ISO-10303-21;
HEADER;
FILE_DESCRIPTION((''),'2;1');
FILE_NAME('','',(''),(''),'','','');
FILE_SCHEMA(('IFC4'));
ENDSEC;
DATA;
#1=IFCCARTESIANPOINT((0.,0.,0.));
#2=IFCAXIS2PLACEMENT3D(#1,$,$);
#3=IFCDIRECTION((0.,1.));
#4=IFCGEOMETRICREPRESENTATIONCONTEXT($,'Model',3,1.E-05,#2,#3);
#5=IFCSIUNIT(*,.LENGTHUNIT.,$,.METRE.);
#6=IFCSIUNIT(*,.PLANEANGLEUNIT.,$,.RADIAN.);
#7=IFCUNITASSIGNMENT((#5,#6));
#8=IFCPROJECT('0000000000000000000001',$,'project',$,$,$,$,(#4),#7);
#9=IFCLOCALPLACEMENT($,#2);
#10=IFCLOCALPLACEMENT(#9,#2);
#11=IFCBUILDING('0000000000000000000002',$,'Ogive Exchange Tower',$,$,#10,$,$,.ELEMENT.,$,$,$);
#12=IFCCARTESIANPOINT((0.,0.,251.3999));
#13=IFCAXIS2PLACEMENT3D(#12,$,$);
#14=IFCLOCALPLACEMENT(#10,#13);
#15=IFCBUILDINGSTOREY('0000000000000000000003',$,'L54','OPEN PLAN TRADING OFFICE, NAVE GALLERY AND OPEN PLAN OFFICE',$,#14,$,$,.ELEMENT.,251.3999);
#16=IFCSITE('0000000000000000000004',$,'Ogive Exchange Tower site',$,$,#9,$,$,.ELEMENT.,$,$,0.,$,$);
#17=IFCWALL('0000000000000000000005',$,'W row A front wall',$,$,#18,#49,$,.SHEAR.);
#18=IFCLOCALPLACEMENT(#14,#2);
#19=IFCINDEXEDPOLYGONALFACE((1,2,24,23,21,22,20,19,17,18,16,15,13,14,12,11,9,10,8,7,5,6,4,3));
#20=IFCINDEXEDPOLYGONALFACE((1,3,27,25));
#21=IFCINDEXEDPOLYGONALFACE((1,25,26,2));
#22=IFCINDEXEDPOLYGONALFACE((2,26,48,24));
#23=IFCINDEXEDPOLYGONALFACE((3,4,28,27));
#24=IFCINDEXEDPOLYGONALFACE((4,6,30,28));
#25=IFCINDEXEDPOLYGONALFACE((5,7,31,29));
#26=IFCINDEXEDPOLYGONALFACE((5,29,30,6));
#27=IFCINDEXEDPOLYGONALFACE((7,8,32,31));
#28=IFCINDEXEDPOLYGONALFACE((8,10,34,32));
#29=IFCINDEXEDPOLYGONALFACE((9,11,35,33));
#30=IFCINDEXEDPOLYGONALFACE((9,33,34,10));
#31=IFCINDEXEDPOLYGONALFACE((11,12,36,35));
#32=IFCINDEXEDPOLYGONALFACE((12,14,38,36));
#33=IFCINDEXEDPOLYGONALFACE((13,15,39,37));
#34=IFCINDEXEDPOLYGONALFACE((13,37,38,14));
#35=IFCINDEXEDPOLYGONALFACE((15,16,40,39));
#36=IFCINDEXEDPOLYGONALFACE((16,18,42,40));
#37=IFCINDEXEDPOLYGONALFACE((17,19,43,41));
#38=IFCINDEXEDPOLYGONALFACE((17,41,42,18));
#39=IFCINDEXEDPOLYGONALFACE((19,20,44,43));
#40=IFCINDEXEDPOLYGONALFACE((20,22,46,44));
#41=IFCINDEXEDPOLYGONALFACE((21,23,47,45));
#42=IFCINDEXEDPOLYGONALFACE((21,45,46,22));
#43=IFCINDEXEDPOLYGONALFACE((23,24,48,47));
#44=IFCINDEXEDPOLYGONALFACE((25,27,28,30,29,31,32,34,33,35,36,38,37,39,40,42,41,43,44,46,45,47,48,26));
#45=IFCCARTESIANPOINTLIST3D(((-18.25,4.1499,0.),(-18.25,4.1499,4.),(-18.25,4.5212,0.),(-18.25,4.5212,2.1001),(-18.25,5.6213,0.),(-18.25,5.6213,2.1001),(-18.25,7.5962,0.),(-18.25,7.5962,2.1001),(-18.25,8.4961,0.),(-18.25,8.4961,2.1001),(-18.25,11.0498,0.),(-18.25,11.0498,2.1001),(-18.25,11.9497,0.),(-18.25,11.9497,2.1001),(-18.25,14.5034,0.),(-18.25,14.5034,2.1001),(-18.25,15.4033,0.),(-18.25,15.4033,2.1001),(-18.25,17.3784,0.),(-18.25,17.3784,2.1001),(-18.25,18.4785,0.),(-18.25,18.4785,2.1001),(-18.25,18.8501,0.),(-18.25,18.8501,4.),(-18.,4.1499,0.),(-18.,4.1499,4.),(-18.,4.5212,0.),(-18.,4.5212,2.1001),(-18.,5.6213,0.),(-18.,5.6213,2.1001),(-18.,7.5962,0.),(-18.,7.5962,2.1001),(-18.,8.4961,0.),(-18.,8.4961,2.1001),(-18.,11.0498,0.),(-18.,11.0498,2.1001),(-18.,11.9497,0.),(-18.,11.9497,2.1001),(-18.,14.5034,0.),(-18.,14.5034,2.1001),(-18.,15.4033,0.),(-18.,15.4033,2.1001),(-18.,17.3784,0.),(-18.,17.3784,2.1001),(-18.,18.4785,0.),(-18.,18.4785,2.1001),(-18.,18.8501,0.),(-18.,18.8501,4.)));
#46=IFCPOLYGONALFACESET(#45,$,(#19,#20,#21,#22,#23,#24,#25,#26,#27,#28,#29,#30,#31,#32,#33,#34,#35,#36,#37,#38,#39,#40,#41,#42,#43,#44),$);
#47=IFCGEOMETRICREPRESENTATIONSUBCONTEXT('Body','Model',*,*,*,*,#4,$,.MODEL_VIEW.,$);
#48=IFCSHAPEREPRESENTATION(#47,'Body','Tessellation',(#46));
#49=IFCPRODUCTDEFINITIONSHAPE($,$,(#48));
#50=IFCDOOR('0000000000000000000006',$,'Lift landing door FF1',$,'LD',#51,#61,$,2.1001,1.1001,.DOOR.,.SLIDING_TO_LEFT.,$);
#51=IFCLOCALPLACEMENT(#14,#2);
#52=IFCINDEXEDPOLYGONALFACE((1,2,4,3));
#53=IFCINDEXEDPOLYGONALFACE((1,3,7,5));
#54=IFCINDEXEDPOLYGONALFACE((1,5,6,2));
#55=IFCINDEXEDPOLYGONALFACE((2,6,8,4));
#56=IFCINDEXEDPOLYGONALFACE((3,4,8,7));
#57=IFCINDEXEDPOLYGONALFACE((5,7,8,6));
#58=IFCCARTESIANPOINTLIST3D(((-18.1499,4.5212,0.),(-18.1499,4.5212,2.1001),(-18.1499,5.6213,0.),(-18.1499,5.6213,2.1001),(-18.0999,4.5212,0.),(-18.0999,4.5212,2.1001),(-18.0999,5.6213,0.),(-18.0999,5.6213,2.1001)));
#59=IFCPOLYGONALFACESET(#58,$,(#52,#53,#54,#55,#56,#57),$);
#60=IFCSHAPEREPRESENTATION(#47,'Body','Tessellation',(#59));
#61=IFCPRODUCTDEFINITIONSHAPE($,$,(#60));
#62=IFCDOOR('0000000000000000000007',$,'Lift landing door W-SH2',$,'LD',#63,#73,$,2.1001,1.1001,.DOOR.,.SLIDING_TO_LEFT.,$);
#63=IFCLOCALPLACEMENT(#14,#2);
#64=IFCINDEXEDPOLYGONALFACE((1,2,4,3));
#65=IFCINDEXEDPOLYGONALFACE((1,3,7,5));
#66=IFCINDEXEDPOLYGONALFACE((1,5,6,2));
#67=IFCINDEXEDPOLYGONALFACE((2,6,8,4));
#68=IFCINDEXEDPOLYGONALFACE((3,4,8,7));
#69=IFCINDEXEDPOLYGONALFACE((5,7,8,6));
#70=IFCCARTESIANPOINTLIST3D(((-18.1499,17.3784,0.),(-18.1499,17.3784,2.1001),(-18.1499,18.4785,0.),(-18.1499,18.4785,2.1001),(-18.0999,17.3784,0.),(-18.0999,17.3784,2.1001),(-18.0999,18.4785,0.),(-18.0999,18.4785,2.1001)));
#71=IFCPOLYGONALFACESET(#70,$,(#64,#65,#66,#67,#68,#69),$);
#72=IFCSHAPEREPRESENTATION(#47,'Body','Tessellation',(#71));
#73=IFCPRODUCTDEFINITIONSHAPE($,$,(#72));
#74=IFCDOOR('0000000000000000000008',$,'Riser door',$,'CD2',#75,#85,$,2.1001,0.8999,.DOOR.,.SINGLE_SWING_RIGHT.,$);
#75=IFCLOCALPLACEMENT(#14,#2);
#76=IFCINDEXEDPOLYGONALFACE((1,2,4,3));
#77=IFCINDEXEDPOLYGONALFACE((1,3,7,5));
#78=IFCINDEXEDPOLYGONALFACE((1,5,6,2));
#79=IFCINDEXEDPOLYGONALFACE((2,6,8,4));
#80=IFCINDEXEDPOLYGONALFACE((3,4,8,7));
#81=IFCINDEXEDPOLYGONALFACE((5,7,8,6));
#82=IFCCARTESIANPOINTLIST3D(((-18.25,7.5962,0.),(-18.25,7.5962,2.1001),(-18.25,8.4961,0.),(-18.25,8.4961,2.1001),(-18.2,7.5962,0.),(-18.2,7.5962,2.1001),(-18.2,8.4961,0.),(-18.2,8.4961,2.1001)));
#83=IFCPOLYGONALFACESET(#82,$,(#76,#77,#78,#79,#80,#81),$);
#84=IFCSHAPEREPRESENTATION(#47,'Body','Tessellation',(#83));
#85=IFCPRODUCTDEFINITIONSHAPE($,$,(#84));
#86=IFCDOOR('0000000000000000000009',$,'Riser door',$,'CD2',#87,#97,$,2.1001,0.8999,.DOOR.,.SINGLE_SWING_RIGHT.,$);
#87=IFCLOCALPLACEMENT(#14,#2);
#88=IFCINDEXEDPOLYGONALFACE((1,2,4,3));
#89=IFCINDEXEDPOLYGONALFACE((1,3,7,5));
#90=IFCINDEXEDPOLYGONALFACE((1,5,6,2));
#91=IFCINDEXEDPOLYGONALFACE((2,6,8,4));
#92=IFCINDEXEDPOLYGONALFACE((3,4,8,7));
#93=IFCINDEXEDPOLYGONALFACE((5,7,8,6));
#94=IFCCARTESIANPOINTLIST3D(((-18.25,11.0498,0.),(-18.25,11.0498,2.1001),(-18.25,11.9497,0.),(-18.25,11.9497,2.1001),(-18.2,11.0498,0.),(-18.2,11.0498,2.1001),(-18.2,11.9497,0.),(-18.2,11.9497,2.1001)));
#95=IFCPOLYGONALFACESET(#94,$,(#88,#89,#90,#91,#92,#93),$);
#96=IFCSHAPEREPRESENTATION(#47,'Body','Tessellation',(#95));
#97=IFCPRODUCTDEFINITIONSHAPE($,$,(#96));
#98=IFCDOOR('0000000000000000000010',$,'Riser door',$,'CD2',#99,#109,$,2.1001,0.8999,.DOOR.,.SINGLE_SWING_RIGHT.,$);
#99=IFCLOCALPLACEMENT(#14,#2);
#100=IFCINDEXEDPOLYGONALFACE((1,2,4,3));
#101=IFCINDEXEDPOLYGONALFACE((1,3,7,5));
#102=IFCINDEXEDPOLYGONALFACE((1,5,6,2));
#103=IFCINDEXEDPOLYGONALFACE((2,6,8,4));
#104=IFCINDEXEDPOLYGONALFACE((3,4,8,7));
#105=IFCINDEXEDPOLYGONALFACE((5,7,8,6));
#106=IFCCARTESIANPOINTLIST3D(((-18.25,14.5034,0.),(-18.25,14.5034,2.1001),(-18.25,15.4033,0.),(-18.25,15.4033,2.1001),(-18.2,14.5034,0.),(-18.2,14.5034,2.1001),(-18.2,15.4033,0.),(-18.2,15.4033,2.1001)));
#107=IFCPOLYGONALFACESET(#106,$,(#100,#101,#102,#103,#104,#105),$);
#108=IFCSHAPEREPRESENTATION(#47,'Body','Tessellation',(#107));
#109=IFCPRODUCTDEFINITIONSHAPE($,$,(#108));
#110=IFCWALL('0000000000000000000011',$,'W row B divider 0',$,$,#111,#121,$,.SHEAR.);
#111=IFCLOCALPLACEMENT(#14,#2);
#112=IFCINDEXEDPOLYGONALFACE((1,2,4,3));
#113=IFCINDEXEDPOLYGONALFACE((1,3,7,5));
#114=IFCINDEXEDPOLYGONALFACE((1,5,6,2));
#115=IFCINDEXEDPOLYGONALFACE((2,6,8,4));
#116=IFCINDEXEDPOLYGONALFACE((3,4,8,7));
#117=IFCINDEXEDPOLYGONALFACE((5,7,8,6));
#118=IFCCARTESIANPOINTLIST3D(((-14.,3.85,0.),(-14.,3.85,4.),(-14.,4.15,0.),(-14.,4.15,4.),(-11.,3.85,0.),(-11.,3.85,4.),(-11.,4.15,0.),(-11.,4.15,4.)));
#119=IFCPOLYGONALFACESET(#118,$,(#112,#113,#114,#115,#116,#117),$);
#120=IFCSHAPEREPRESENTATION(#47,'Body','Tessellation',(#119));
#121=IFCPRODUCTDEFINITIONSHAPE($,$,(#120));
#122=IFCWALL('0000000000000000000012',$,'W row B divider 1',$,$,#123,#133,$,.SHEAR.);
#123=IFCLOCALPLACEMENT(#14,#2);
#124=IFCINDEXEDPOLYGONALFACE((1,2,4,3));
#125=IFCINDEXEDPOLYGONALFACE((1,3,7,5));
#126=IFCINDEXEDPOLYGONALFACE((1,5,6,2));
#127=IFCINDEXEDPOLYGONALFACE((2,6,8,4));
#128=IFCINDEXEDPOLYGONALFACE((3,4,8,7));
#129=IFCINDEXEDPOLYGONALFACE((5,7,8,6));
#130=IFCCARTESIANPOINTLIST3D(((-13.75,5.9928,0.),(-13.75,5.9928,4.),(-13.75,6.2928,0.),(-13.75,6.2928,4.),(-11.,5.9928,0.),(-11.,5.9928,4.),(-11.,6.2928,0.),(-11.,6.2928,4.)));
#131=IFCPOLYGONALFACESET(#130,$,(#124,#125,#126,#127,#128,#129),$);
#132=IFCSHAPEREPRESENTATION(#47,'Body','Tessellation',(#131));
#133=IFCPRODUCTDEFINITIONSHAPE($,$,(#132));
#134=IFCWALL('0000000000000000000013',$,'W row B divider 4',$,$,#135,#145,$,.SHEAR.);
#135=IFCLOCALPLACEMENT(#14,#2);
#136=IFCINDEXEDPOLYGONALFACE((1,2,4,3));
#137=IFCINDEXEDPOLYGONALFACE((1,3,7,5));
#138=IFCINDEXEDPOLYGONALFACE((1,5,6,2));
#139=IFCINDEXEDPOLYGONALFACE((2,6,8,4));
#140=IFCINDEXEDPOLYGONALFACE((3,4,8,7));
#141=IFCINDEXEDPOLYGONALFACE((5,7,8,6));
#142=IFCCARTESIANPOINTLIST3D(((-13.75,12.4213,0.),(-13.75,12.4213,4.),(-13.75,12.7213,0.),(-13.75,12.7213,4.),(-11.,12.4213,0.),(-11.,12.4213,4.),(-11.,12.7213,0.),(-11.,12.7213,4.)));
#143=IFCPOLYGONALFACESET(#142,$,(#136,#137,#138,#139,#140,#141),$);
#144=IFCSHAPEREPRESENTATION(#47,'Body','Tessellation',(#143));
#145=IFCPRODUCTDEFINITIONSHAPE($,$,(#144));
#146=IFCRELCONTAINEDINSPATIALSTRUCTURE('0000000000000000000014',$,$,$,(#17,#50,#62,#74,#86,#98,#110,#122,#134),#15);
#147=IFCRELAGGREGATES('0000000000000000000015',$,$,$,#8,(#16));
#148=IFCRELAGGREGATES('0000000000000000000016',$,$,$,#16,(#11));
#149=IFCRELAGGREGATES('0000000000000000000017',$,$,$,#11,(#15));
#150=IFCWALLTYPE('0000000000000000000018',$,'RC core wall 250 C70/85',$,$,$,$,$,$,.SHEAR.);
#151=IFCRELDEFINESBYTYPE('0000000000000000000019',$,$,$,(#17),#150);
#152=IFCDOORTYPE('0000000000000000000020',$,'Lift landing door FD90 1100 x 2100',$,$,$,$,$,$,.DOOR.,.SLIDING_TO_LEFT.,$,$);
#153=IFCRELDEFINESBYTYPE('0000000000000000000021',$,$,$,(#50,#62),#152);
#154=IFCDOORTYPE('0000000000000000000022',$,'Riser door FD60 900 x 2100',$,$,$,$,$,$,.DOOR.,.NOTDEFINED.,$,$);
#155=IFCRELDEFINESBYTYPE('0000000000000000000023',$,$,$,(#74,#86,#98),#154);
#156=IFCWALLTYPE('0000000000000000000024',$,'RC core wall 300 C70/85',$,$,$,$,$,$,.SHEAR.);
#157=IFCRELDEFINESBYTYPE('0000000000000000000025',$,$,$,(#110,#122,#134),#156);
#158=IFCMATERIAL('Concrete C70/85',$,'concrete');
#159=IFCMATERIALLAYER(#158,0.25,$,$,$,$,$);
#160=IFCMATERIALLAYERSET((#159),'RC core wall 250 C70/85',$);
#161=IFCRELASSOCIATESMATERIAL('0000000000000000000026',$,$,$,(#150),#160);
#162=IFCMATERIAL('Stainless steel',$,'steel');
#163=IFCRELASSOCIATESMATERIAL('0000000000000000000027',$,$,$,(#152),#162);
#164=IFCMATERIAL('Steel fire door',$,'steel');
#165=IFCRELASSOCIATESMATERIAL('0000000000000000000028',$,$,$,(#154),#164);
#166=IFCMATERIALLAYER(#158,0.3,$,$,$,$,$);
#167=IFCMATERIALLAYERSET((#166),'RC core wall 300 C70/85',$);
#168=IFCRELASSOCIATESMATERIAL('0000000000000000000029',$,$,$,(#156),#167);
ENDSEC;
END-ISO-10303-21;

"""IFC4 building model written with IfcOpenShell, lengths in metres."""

from ifc_helpers import new_model, si_unit, direction, frame, frame_2d, origin, place, context, subcontext, project, spatial, rectangle, extrude, material, layer, layer_set, type_object, element, fill, save


model = new_model("IFC4")

# Units and contexts
model_context = context("Model", 3, precision=1e-05, world=origin(), true_north=direction((0.0, 1.0)))
body_context = subcontext(model_context, "Body", "Model", "MODEL_VIEW")
ifc_project = project(units=[si_unit("LENGTHUNIT", "METRE"), si_unit("PLANEANGLEUNIT", "RADIAN")], contexts=[model_context])

# Site, building, storey
site_placement = place(None, origin())
site = spatial("IfcSite", under=ifc_project, at=site_placement, Name="Ogive Exchange Tower site", CompositionType="ELEMENT", RefElevation=0.0)
building_placement = place(site_placement, origin())
building = spatial("IfcBuilding", under=site, at=building_placement, Name="Ogive Exchange Tower", CompositionType="ELEMENT")
storey_placement = place(building_placement, frame((0.0, 0.0, 251.3999)))
storey = spatial("IfcBuildingStorey", under=building, at=storey_placement, Name="L54", Description="OPEN PLAN TRADING OFFICE, NAVE GALLERY AND OPEN PLAN OFFICE", CompositionType="ELEMENT", Elevation=251.3999)

# Shared definitions
ifc_material_1 = material(Name="Concrete C70/85", Category="concrete")
ifc_material_2 = material(Name="Steel fire door", Category="steel")

# Wall, openings, doors
ifc_layer_1 = layer(ifc_material_1, 0.25)
ifc_layer_set_1 = layer_set([ifc_layer_1], Name="RC core wall 250 C70/85")
wall_type_1 = type_object("IfcWallType", Name="RC core wall 250 C70/85", PredefinedType="SHEAR", material=ifc_layer_set_1)
wall_1_placement = place(storey_placement, frame((-18.125, 4.1499, 0.0), z_axis=(0.0, 0.0, 1.0), x_axis=(0.0, 1.0, 0.0)))
wall_1 = element("IfcWall", 1, at=wall_1_placement, inside=storey, type_object=wall_type_1, Name="W row A front wall", PredefinedType="SHEAR", context=body_context, shape_type="SweptSolid", body=[
    extrude(rectangle(XDim=14.7002, YDim=0.25, at=frame_2d((7.3501, 0.0))), origin(), (0.0, 0.0, 1.0), 4.0),
])
opening_1_placement = place(wall_1_placement, frame((3.4463, 0.0, 0.0)))
opening_1 = element("IfcOpeningElement", 2, at=opening_1_placement, cuts=wall_1, PredefinedType="OPENING", context=body_context, shape_type="SweptSolid", body=[
    extrude(rectangle(XDim=0.8999, YDim=2.1001, at=frame_2d((0.45, 1.05))), frame((0.0, 0.135, 0.0), z_axis=(0.0, -1.0, 0.0), x_axis=(1.0, 0.0, 0.0)), (0.0, 0.0, 1.0), 0.27),
])
opening_2_placement = place(wall_1_placement, frame((6.8999, 0.0, 0.0)))
opening_2 = element("IfcOpeningElement", 3, at=opening_2_placement, cuts=wall_1, PredefinedType="OPENING", context=body_context, shape_type="SweptSolid", body=[
    extrude(rectangle(XDim=0.8999, YDim=2.1001, at=frame_2d((0.45, 1.05))), frame((0.0, 0.135, 0.0), z_axis=(0.0, -1.0, 0.0), x_axis=(1.0, 0.0, 0.0)), (0.0, 0.0, 1.0), 0.27),
])
opening_3_placement = place(wall_1_placement, frame((10.3535, 0.0, 0.0)))
opening_3 = element("IfcOpeningElement", 4, at=opening_3_placement, cuts=wall_1, PredefinedType="OPENING", context=body_context, shape_type="SweptSolid", body=[
    extrude(rectangle(XDim=0.8999, YDim=2.1001, at=frame_2d((0.45, 1.05))), frame((0.0, 0.135, 0.0), z_axis=(0.0, -1.0, 0.0), x_axis=(1.0, 0.0, 0.0)), (0.0, 0.0, 1.0), 0.27),
])
opening_4_placement = place(wall_1_placement, frame((0.3713, 0.0, 0.0)))
opening_4 = element("IfcOpeningElement", 5, at=opening_4_placement, cuts=wall_1, PredefinedType="OPENING", context=body_context, shape_type="SweptSolid", body=[
    extrude(rectangle(XDim=1.1001, YDim=2.1001, at=frame_2d((0.55, 1.05))), frame((0.0, 0.135, 0.0), z_axis=(0.0, -1.0, 0.0), x_axis=(1.0, 0.0, 0.0)), (0.0, 0.0, 1.0), 0.27),
])
opening_5_placement = place(wall_1_placement, frame((13.2285, 0.0, 0.0)))
opening_5 = element("IfcOpeningElement", 6, at=opening_5_placement, cuts=wall_1, PredefinedType="OPENING", context=body_context, shape_type="SweptSolid", body=[
    extrude(rectangle(XDim=1.1001, YDim=2.1001, at=frame_2d((0.55, 1.05))), frame((0.0, 0.135, 0.0), z_axis=(0.0, -1.0, 0.0), x_axis=(1.0, 0.0, 0.0)), (0.0, 0.0, 1.0), 0.27),
])
ifc_material_3 = material(Name="Stainless steel", Category="steel")
door_type_1 = type_object("IfcDoorType", Name="Lift landing door FD90 1100 x 2100", OperationType="SLIDING_TO_LEFT", PredefinedType="DOOR", material=ifc_material_3)
door_1_placement = place(opening_4_placement, origin())
door_1 = element("IfcDoor", 7, at=door_1_placement, inside=storey, type_object=door_type_1, Name="Lift landing door FF1", ObjectType="LD", OperationType="SLIDING_TO_LEFT", OverallHeight=2.1001, OverallWidth=1.1001, PredefinedType="DOOR", context=body_context, shape_type="SweptSolid", body=[
    extrude(rectangle(XDim=1.1001, YDim=2.1001, at=frame_2d((0.55, 1.05))), frame((0.0, 0.0249, 0.0), z_axis=(0.0, -1.0, 0.0), x_axis=(1.0, 0.0, 0.0)), (0.0, 0.0, 1.0), 0.05),
])
fill(opening_4, door_1)
door_2_placement = place(opening_5_placement, origin())
door_2 = element("IfcDoor", 8, at=door_2_placement, inside=storey, type_object=door_type_1, Name="Lift landing door W-SH2", ObjectType="LD", OperationType="SLIDING_TO_LEFT", OverallHeight=2.1001, OverallWidth=1.1001, PredefinedType="DOOR", context=body_context, shape_type="SweptSolid", body=[
    extrude(rectangle(XDim=1.1001, YDim=2.1001, at=frame_2d((0.55, 1.05))), frame((0.0, 0.0249, 0.0), z_axis=(0.0, -1.0, 0.0), x_axis=(1.0, 0.0, 0.0)), (0.0, 0.0, 1.0), 0.05),
])
fill(opening_5, door_2)
door_type_2 = type_object("IfcDoorType", Name="Riser door FD60 900 x 2100", OperationType="NOTDEFINED", PredefinedType="DOOR", material=ifc_material_2)
door_3_placement = place(opening_1_placement, origin())
door_3 = element("IfcDoor", 9, at=door_3_placement, inside=storey, type_object=door_type_2, Name="Riser door", ObjectType="CD2", OperationType="SINGLE_SWING_RIGHT", OverallHeight=2.1001, OverallWidth=0.8999, PredefinedType="DOOR", context=body_context, shape_type="SweptSolid", body=[
    extrude(rectangle(XDim=0.8999, YDim=2.1001, at=frame_2d((0.45, 1.05))), frame((0.0, 0.125, 0.0), z_axis=(0.0, -1.0, 0.0), x_axis=(1.0, 0.0, 0.0)), (0.0, 0.0, 1.0), 0.05),
])
fill(opening_1, door_3)
door_4_placement = place(opening_2_placement, origin())
door_4 = element("IfcDoor", 10, at=door_4_placement, inside=storey, type_object=door_type_2, Name="Riser door", ObjectType="CD2", OperationType="SINGLE_SWING_RIGHT", OverallHeight=2.1001, OverallWidth=0.8999, PredefinedType="DOOR", context=body_context, shape_type="SweptSolid", body=[
    extrude(rectangle(XDim=0.8999, YDim=2.1001, at=frame_2d((0.45, 1.05))), frame((0.0, 0.125, 0.0), z_axis=(0.0, -1.0, 0.0), x_axis=(1.0, 0.0, 0.0)), (0.0, 0.0, 1.0), 0.05),
])
fill(opening_2, door_4)
door_5_placement = place(opening_3_placement, origin())
door_5 = element("IfcDoor", 11, at=door_5_placement, inside=storey, type_object=door_type_2, Name="Riser door", ObjectType="CD2", OperationType="SINGLE_SWING_RIGHT", OverallHeight=2.1001, OverallWidth=0.8999, PredefinedType="DOOR", context=body_context, shape_type="SweptSolid", body=[
    extrude(rectangle(XDim=0.8999, YDim=2.1001, at=frame_2d((0.45, 1.05))), frame((0.0, 0.125, 0.0), z_axis=(0.0, -1.0, 0.0), x_axis=(1.0, 0.0, 0.0)), (0.0, 0.0, 1.0), 0.05),
])
fill(opening_3, door_5)

# Walls
ifc_layer_2 = layer(ifc_material_1, 0.3)
ifc_layer_set_2 = layer_set([ifc_layer_2], Name="RC core wall 300 C70/85")
wall_type_2 = type_object("IfcWallType", Name="RC core wall 300 C70/85", PredefinedType="SHEAR", material=ifc_layer_set_2)
wall_2_placement = place(storey_placement, frame((-14.0, 4.0, 0.0), z_axis=(0.0, 0.0, 1.0), x_axis=(1.0, 0.0, 0.0)))
element("IfcWall", 12, at=wall_2_placement, inside=storey, type_object=wall_type_2, Name="W row B divider 0", PredefinedType="SHEAR", context=body_context, shape_type="SweptSolid", body=[
    extrude(rectangle(XDim=3.0, YDim=0.3, at=frame_2d((1.5, 0.0))), origin(), (0.0, 0.0, 1.0), 4.0),
])
for number, where, z_axis, x_axis, name in (
    (13, (-13.75, 6.1428, 0.0), (0.0, 0.0, 1.0), (1.0, 0.0, 0.0), "W row B divider 1"),
    (14, (-13.75, 12.5713, 0.0), (0.0, 0.0, 1.0), (1.0, 0.0, 0.0), "W row B divider 4"),
):
    element("IfcWall", number, at=place(storey_placement, frame(where, z_axis=z_axis, x_axis=x_axis)), inside=storey, type_object=wall_type_2, Name=name, PredefinedType="SHEAR", context=body_context, shape_type="SweptSolid", body=[
        extrude(rectangle(XDim=2.75, YDim=0.3, at=frame_2d((1.375, 0.0))), origin(), (0.0, 0.0, 1.0), 4.0),
    ])

save(model, "model.ifc")
